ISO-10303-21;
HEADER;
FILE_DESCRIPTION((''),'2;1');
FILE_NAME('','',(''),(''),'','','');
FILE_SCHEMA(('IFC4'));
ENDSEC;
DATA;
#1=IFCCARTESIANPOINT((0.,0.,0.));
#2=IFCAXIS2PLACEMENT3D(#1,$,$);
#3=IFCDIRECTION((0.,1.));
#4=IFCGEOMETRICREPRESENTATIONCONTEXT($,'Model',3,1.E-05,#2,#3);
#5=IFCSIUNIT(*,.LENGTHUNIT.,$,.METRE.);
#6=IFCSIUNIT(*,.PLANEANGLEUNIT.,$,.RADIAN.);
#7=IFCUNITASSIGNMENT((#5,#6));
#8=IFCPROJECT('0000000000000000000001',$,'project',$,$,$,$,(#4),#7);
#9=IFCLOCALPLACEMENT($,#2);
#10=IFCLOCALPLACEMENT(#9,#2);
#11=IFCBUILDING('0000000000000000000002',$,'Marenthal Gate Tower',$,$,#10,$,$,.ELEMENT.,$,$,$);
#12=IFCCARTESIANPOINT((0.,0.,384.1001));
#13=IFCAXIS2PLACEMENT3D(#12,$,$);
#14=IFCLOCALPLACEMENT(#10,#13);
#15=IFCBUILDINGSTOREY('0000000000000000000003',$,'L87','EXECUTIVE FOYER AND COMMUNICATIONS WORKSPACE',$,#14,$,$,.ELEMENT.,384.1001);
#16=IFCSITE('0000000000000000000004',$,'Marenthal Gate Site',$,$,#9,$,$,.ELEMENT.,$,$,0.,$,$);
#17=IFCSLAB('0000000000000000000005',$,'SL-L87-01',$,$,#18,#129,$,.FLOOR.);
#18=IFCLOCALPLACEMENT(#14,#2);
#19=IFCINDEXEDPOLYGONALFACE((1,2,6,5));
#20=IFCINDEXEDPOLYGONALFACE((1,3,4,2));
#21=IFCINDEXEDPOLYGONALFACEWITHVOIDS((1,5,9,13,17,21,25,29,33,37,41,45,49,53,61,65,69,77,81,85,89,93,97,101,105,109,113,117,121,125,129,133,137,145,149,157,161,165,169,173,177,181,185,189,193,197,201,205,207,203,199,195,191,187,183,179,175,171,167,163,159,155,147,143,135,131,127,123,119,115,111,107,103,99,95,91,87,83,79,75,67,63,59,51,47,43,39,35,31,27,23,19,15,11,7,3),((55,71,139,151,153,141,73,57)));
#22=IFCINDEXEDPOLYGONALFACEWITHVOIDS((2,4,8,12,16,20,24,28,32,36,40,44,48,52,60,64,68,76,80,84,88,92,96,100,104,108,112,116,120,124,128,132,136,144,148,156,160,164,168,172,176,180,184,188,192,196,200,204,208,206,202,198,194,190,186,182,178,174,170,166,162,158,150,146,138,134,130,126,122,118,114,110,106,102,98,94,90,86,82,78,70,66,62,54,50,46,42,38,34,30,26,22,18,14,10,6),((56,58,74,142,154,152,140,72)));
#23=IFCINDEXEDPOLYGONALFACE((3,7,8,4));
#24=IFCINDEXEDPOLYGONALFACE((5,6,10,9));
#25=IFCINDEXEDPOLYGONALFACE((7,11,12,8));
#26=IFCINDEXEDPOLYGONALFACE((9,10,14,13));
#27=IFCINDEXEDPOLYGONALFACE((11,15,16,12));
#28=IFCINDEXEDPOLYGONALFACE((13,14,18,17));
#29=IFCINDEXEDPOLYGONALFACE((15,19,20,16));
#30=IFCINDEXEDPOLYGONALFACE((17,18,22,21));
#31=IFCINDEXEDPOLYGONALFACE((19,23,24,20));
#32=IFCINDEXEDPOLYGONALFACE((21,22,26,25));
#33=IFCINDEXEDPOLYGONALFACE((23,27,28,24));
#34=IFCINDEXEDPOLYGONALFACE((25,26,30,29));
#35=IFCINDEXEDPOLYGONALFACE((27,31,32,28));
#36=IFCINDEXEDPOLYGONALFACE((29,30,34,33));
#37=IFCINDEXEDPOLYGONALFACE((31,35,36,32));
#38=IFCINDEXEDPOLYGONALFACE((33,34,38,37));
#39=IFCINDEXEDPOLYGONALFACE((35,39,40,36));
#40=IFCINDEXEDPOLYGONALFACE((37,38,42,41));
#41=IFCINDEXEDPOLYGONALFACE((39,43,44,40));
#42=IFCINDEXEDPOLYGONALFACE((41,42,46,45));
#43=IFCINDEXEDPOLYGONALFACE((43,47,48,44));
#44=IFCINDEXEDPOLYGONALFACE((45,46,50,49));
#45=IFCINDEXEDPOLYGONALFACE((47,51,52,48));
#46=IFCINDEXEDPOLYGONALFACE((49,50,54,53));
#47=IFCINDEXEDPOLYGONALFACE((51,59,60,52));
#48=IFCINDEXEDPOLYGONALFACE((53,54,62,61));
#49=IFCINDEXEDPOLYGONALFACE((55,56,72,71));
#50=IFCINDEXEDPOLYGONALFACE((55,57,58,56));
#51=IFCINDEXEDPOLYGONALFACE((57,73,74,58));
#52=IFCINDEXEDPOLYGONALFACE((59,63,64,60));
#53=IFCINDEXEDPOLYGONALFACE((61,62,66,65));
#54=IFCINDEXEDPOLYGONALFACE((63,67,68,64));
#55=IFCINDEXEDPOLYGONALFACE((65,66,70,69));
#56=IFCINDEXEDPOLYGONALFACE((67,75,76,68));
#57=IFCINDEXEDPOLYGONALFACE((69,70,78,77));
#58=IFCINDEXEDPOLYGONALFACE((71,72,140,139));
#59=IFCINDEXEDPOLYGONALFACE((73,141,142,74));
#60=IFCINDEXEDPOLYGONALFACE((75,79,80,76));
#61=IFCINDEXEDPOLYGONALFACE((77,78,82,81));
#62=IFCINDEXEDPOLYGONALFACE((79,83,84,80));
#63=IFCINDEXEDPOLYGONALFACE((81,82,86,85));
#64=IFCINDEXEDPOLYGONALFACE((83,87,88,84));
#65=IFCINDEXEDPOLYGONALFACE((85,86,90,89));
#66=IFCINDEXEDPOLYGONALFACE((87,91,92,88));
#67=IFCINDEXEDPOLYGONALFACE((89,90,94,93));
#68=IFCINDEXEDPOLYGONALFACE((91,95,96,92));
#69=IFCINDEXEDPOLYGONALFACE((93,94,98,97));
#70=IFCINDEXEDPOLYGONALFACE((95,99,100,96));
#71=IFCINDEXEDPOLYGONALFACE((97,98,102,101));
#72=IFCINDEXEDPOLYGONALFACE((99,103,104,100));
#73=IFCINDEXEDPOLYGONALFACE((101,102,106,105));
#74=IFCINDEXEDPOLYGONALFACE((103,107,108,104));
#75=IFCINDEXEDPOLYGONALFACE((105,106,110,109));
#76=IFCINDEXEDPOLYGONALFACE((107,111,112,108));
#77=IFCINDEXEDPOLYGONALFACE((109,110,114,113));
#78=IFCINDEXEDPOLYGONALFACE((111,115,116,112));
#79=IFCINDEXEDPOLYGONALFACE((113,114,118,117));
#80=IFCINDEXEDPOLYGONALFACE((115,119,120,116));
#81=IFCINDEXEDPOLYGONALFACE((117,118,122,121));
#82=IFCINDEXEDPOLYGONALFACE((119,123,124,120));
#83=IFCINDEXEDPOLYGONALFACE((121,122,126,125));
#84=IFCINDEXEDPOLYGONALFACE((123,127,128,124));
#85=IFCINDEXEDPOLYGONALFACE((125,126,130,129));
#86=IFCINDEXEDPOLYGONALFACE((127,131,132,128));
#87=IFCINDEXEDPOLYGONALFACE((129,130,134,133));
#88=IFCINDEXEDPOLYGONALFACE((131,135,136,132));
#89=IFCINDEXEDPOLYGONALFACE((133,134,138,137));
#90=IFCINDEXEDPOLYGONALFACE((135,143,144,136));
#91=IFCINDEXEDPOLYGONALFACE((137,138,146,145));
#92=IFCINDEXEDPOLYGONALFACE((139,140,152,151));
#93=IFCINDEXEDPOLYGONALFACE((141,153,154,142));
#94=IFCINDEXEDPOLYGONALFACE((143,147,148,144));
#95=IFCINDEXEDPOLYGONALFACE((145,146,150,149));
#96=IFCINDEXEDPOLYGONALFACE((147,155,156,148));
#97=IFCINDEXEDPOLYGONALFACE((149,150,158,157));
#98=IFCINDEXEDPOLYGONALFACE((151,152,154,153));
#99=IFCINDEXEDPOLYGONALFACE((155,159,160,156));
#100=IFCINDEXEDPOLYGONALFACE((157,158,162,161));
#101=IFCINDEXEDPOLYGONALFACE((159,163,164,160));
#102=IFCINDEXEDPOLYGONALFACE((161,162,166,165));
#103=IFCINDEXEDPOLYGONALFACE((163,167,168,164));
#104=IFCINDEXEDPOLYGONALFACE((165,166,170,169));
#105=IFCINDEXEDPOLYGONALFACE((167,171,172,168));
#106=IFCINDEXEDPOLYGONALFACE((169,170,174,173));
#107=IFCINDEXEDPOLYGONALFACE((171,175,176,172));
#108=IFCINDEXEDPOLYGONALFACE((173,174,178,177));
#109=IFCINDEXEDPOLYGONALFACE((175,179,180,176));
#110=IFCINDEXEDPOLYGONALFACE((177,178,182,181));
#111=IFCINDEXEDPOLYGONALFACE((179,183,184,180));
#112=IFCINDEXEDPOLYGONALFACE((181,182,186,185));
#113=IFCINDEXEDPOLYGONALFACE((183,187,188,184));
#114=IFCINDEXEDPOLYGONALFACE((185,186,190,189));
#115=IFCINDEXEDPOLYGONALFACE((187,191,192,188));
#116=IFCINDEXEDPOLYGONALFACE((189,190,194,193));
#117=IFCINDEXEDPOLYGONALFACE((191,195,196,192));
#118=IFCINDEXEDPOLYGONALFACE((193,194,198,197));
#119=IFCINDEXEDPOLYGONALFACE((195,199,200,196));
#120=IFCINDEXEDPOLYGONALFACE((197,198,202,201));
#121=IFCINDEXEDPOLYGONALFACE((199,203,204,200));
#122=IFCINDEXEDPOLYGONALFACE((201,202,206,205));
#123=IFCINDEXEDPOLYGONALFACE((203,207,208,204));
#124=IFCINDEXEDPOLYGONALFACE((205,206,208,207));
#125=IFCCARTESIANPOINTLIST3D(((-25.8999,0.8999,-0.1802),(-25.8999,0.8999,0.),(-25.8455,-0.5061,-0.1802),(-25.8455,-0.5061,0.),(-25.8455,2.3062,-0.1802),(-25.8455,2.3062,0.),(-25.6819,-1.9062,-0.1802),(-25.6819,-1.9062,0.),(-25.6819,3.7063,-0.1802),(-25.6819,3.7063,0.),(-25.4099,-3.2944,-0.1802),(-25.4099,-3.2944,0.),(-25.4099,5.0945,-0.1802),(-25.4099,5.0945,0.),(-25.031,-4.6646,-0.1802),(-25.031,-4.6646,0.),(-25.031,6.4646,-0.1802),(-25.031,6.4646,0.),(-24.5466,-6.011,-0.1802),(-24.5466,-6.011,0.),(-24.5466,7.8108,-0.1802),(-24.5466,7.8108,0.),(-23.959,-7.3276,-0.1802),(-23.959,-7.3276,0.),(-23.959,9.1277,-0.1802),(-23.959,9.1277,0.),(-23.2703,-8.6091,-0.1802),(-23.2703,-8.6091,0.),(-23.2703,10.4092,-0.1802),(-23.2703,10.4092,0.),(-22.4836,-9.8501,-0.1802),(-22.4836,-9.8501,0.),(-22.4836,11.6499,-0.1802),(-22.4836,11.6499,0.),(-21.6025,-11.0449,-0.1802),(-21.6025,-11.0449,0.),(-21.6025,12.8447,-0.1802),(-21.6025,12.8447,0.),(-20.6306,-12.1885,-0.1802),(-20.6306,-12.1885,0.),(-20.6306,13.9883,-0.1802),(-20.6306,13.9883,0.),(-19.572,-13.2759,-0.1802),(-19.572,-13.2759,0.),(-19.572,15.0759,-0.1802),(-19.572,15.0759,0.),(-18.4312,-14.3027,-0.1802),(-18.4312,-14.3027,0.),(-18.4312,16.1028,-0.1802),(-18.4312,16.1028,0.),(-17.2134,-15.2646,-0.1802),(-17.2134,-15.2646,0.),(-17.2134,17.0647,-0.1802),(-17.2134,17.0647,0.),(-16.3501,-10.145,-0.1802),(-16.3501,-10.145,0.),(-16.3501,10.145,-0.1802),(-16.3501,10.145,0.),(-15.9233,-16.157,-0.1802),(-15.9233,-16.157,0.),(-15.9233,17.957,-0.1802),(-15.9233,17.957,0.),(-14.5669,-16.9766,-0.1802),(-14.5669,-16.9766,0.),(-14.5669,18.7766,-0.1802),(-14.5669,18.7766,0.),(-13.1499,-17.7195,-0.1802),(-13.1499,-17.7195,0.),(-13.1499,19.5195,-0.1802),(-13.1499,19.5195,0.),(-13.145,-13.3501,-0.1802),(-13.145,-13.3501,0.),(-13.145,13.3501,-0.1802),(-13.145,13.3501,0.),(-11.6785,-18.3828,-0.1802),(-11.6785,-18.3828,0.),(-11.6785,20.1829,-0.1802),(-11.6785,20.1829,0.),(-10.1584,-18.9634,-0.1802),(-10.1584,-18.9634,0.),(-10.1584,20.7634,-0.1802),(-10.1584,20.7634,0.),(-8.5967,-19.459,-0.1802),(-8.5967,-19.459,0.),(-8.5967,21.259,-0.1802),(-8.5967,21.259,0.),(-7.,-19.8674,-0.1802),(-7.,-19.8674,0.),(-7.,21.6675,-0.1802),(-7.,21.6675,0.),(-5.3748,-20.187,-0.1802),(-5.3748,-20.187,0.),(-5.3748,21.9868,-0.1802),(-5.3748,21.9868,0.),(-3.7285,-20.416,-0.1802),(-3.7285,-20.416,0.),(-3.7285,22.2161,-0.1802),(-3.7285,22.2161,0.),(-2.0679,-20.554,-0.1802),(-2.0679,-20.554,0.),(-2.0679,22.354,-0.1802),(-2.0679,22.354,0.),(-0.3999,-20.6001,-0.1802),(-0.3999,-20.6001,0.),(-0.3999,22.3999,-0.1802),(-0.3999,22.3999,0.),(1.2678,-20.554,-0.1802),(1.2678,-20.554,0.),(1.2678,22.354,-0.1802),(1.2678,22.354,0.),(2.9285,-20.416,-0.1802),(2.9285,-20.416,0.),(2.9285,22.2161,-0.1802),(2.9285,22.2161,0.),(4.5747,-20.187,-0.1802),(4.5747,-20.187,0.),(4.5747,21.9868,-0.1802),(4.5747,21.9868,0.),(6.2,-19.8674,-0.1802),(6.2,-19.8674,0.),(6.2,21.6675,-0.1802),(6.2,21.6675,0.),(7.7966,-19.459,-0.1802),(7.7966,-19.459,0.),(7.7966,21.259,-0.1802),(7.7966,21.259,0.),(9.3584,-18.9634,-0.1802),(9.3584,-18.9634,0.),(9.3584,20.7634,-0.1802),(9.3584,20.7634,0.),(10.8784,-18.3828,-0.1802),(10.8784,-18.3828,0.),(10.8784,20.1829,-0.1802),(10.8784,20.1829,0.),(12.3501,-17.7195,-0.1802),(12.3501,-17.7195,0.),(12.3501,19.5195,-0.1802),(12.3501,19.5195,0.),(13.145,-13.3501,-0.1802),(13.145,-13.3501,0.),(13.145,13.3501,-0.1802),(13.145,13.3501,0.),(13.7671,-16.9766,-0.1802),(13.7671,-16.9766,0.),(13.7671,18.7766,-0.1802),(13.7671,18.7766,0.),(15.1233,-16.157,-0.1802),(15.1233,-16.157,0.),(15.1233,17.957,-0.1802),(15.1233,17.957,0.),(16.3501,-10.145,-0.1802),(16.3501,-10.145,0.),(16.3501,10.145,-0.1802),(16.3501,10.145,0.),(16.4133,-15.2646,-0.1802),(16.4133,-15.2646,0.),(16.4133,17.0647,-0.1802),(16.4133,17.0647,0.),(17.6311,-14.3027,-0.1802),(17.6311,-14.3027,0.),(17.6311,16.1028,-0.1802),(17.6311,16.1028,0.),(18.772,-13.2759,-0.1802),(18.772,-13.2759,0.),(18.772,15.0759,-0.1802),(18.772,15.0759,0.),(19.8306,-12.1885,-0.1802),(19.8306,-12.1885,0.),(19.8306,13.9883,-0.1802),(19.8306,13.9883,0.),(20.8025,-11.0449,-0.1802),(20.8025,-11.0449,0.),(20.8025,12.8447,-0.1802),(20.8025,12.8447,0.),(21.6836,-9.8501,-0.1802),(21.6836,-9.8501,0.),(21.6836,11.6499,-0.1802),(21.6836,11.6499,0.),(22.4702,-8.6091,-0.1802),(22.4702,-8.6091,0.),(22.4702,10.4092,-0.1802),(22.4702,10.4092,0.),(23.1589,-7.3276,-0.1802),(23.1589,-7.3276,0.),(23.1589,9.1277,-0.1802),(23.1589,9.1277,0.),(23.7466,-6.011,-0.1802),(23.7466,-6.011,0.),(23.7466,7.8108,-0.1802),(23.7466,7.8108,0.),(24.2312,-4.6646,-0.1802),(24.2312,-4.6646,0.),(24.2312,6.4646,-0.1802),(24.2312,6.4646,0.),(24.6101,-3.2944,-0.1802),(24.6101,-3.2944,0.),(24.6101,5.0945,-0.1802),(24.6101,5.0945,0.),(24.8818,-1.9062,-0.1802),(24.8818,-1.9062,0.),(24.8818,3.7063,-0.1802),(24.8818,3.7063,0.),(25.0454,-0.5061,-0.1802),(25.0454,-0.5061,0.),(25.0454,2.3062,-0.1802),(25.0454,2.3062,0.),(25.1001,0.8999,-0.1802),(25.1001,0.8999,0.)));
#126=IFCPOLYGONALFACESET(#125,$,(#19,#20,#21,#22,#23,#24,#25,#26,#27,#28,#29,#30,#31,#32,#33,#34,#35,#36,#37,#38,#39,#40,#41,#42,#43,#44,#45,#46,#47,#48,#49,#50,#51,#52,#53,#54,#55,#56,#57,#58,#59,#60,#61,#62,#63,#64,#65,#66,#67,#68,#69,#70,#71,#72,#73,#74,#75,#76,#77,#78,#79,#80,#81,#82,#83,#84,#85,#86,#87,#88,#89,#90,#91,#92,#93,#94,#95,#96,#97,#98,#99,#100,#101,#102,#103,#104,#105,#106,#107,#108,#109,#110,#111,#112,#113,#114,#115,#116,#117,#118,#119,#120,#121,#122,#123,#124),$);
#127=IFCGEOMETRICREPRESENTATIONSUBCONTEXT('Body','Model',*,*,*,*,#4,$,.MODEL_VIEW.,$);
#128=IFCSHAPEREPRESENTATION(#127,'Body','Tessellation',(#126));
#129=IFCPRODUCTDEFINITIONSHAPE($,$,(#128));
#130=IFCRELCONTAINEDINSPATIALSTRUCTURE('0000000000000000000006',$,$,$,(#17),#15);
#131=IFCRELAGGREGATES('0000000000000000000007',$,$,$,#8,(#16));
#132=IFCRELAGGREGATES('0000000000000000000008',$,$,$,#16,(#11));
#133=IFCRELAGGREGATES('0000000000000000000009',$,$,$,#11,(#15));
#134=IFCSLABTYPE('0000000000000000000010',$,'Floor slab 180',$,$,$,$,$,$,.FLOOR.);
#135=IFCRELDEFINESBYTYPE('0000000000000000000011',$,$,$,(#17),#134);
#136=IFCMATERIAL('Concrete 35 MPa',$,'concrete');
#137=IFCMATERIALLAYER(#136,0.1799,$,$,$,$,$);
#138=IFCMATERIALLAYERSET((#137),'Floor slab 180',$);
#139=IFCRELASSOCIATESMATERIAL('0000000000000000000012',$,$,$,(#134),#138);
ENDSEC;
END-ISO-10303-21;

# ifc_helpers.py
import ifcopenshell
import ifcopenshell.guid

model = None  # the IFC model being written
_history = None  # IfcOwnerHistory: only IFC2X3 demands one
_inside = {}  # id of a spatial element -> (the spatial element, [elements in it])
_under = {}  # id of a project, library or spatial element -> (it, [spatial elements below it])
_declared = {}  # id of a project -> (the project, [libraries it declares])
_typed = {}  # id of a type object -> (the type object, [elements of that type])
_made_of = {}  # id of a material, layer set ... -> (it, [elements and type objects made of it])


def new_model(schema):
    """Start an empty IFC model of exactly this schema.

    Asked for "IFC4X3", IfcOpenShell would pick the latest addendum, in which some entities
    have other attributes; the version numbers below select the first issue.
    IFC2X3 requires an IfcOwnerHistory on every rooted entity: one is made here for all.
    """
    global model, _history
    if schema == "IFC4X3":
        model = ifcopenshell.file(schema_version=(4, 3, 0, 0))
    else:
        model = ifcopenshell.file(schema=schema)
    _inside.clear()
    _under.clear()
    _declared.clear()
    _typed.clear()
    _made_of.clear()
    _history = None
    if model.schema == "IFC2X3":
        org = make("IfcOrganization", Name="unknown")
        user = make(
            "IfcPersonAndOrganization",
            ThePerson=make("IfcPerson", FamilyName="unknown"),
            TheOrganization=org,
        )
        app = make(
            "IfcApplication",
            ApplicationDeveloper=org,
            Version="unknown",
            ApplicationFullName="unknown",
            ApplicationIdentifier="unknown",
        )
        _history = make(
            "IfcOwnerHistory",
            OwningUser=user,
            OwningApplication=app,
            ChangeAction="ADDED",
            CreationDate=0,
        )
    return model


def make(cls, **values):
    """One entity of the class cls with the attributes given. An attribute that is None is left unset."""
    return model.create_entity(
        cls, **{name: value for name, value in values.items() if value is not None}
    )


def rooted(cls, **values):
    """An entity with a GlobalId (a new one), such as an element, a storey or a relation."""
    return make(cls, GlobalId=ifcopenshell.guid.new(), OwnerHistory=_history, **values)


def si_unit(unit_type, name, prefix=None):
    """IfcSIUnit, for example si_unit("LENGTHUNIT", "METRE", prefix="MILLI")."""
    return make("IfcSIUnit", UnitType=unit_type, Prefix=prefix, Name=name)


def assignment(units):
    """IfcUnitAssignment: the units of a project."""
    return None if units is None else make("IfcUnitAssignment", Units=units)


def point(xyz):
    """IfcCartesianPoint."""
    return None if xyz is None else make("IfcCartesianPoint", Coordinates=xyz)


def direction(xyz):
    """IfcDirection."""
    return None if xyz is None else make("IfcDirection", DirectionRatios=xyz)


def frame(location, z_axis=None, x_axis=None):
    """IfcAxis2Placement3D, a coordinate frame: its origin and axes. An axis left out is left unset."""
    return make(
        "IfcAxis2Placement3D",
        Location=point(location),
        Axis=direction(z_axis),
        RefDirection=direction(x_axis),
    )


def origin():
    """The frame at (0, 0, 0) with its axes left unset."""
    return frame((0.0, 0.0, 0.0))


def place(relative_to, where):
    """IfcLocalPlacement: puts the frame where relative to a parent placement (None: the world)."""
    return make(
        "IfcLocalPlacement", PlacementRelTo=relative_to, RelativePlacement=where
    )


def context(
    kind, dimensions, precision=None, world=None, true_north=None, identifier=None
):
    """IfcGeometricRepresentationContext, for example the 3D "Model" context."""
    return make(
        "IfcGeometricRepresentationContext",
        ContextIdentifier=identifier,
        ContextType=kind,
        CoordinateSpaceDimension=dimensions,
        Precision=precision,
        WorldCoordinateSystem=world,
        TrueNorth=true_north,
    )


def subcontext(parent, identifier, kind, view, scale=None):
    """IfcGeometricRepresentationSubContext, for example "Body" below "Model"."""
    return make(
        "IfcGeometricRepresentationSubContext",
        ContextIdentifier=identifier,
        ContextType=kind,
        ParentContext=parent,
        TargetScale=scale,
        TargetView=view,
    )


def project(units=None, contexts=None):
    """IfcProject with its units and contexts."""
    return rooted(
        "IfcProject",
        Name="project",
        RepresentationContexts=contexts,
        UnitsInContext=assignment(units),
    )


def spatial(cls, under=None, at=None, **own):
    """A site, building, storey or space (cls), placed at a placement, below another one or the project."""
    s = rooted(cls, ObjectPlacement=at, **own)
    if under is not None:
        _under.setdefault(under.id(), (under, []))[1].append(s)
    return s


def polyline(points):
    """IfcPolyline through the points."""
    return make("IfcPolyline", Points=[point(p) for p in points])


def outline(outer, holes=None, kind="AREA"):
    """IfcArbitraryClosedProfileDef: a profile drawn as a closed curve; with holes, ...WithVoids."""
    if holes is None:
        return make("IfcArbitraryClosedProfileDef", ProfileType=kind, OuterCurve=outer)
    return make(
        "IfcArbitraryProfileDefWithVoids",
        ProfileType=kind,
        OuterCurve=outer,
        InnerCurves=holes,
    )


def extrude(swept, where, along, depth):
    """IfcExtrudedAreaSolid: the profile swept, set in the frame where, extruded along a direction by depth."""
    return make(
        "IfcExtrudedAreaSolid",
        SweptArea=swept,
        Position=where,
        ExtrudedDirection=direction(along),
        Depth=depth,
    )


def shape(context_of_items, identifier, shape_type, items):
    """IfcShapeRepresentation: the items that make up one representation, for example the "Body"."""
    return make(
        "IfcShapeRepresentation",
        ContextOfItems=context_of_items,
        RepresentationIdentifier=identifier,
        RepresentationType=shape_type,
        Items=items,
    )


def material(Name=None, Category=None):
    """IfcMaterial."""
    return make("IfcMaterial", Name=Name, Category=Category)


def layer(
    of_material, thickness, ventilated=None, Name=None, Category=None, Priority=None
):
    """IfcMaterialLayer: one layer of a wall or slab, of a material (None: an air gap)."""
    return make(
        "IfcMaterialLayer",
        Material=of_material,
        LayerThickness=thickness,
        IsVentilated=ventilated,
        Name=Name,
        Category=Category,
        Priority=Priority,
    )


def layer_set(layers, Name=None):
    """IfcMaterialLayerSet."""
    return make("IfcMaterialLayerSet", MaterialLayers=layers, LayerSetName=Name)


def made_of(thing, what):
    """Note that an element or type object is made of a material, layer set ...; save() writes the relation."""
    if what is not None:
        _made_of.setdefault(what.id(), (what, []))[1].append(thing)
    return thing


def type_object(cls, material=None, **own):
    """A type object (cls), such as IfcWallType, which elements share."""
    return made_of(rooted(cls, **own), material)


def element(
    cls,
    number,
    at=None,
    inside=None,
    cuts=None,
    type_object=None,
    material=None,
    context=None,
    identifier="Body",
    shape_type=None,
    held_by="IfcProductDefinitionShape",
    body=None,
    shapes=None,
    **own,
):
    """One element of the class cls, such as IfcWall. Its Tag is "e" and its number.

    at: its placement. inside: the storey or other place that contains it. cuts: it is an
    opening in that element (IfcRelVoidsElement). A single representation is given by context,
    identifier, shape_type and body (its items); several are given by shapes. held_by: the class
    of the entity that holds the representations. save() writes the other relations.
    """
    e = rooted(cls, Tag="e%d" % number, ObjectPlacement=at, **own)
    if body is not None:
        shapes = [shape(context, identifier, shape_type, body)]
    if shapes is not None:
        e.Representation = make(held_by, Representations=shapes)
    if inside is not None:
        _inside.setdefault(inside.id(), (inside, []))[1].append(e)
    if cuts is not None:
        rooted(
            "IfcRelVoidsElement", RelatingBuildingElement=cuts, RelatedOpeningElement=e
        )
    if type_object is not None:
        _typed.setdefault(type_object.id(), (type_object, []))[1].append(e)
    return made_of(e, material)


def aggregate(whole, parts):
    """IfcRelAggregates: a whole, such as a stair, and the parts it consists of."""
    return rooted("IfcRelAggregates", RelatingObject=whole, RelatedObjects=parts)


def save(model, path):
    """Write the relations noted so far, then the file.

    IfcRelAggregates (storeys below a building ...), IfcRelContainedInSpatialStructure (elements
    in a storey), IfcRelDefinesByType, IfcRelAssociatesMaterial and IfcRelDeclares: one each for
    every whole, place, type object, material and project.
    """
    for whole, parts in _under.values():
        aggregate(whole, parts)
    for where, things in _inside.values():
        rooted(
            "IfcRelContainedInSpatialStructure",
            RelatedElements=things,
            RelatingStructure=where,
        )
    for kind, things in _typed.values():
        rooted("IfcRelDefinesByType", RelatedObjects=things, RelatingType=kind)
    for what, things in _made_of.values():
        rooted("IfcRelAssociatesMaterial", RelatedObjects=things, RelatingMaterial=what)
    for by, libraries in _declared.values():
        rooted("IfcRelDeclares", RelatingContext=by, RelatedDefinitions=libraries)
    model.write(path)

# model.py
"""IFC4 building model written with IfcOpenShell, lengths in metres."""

from ifc_helpers import new_model, si_unit, direction, frame, origin, place, context, subcontext, project, spatial, polyline, outline, extrude, material, layer, layer_set, type_object, element, save


model = new_model("IFC4")

# Units and contexts
model_context = context("Model", 3, precision=1e-05, world=origin(), true_north=direction((0.0, 1.0)))
body_context = subcontext(model_context, "Body", "Model", "MODEL_VIEW")
ifc_project = project(units=[si_unit("LENGTHUNIT", "METRE"), si_unit("PLANEANGLEUNIT", "RADIAN")], contexts=[model_context])

# Site, building, storey
site_placement = place(None, origin())
site = spatial("IfcSite", under=ifc_project, at=site_placement, Name="Marenthal Gate Site", CompositionType="ELEMENT", RefElevation=0.0)
building_placement = place(site_placement, origin())
building = spatial("IfcBuilding", under=site, at=building_placement, Name="Marenthal Gate Tower", CompositionType="ELEMENT")
storey_placement = place(building_placement, frame((0.0, 0.0, 384.1001)))
storey = spatial("IfcBuildingStorey", under=building, at=storey_placement, Name="L87", Description="EXECUTIVE FOYER AND COMMUNICATIONS WORKSPACE", CompositionType="ELEMENT", Elevation=384.1001)

# Slab
ifc_material_1 = material(Name="Concrete 35 MPa", Category="concrete")
ifc_layer_1 = layer(ifc_material_1, 0.1799)
ifc_layer_set_1 = layer_set([ifc_layer_1], Name="Floor slab 180")
slab_type = type_object("IfcSlabType", Name="Floor slab 180", PredefinedType="FLOOR", material=ifc_layer_set_1)
slab_placement = place(storey_placement, frame((0.0, 0.0, -0.1802)))
element("IfcSlab", 1, at=slab_placement, inside=storey, type_object=slab_type, Name="SL-L87-01", PredefinedType="FLOOR", context=body_context, shape_type="SweptSolid", body=[
    extrude(outline(polyline([(25.1001, 0.8999), (25.0454, 2.3062), (24.8818, 3.7063), (24.6101, 5.0945), (24.2312, 6.4646), (23.7466, 7.8108), (23.1589, 9.1277), (22.4702, 10.4092), (21.6836, 11.6499), (20.8025, 12.8447), (19.8306, 13.9883), (18.772, 15.0759), (17.6311, 16.1028), (16.4133, 17.0647), (15.1233, 17.957), (13.7671, 18.7766), (12.3501, 19.5195), (10.8784, 20.1829), (9.3584, 20.7634), (7.7966, 21.259), (6.2, 21.6675), (4.5747, 21.9868), (2.9285, 22.2161), (1.2678, 22.354), (-0.3999, 22.3999), (-2.0679, 22.354), (-3.7285, 22.2161), (-5.3748, 21.9868), (-7.0, 21.6675), (-8.5967, 21.259), (-10.1584, 20.7634), (-11.6785, 20.1829), (-13.1499, 19.5195), (-14.5669, 18.7766), (-15.9233, 17.957), (-17.2134, 17.0647), (-18.4312, 16.1028), (-19.572, 15.0759), (-20.6306, 13.9883), (-21.6025, 12.8447), (-22.4836, 11.6499), (-23.2703, 10.4092), (-23.959, 9.1277), (-24.5466, 7.8108), (-25.031, 6.4646), (-25.4099, 5.0945), (-25.6819, 3.7063), (-25.8455, 2.3062), (-25.8999, 0.8999), (-25.8455, -0.5061), (-25.6819, -1.9062), (-25.4099, -3.2944), (-25.031, -4.6646), (-24.5466, -6.011), (-23.959, -7.3276), (-23.2703, -8.6091), (-22.4836, -9.8501), (-21.6025, -11.0449), (-20.6306, -12.1885), (-19.572, -13.2759), (-18.4312, -14.3027), (-17.2134, -15.2646), (-15.9233, -16.157), (-14.5669, -16.9766), (-13.1499, -17.7195), (-11.6785, -18.3828), (-10.1584, -18.9634), (-8.5967, -19.459), (-7.0, -19.8674), (-5.3748, -20.187), (-3.7285, -20.416), (-2.0679, -20.554), (-0.3999, -20.6001), (1.2678, -20.554), (2.9285, -20.416), (4.5747, -20.187), (6.2, -19.8674), (7.7966, -19.459), (9.3584, -18.9634), (10.8784, -18.3828), (12.3501, -17.7195), (13.7671, -16.9766), (15.1233, -16.157), (16.4133, -15.2646), (17.6311, -14.3027), (18.772, -13.2759), (19.8306, -12.1885), (20.8025, -11.0449), (21.6836, -9.8501), (22.4702, -8.6091), (23.1589, -7.3276), (23.7466, -6.011), (24.2312, -4.6646), (24.6101, -3.2944), (24.8818, -1.9062), (25.0454, -0.5061), (25.1001, 0.8999)]), holes=[polyline([(13.145, -13.3501), (16.3501, -10.145), (16.3501, 10.145), (13.145, 13.3501), (-13.145, 13.3501), (-16.3501, 10.145), (-16.3501, -10.145), (-13.145, -13.3501), (13.145, -13.3501)])]), origin(), (0.0, 0.0, 1.0), 0.1802),
])

save(model, "model.ifc")
